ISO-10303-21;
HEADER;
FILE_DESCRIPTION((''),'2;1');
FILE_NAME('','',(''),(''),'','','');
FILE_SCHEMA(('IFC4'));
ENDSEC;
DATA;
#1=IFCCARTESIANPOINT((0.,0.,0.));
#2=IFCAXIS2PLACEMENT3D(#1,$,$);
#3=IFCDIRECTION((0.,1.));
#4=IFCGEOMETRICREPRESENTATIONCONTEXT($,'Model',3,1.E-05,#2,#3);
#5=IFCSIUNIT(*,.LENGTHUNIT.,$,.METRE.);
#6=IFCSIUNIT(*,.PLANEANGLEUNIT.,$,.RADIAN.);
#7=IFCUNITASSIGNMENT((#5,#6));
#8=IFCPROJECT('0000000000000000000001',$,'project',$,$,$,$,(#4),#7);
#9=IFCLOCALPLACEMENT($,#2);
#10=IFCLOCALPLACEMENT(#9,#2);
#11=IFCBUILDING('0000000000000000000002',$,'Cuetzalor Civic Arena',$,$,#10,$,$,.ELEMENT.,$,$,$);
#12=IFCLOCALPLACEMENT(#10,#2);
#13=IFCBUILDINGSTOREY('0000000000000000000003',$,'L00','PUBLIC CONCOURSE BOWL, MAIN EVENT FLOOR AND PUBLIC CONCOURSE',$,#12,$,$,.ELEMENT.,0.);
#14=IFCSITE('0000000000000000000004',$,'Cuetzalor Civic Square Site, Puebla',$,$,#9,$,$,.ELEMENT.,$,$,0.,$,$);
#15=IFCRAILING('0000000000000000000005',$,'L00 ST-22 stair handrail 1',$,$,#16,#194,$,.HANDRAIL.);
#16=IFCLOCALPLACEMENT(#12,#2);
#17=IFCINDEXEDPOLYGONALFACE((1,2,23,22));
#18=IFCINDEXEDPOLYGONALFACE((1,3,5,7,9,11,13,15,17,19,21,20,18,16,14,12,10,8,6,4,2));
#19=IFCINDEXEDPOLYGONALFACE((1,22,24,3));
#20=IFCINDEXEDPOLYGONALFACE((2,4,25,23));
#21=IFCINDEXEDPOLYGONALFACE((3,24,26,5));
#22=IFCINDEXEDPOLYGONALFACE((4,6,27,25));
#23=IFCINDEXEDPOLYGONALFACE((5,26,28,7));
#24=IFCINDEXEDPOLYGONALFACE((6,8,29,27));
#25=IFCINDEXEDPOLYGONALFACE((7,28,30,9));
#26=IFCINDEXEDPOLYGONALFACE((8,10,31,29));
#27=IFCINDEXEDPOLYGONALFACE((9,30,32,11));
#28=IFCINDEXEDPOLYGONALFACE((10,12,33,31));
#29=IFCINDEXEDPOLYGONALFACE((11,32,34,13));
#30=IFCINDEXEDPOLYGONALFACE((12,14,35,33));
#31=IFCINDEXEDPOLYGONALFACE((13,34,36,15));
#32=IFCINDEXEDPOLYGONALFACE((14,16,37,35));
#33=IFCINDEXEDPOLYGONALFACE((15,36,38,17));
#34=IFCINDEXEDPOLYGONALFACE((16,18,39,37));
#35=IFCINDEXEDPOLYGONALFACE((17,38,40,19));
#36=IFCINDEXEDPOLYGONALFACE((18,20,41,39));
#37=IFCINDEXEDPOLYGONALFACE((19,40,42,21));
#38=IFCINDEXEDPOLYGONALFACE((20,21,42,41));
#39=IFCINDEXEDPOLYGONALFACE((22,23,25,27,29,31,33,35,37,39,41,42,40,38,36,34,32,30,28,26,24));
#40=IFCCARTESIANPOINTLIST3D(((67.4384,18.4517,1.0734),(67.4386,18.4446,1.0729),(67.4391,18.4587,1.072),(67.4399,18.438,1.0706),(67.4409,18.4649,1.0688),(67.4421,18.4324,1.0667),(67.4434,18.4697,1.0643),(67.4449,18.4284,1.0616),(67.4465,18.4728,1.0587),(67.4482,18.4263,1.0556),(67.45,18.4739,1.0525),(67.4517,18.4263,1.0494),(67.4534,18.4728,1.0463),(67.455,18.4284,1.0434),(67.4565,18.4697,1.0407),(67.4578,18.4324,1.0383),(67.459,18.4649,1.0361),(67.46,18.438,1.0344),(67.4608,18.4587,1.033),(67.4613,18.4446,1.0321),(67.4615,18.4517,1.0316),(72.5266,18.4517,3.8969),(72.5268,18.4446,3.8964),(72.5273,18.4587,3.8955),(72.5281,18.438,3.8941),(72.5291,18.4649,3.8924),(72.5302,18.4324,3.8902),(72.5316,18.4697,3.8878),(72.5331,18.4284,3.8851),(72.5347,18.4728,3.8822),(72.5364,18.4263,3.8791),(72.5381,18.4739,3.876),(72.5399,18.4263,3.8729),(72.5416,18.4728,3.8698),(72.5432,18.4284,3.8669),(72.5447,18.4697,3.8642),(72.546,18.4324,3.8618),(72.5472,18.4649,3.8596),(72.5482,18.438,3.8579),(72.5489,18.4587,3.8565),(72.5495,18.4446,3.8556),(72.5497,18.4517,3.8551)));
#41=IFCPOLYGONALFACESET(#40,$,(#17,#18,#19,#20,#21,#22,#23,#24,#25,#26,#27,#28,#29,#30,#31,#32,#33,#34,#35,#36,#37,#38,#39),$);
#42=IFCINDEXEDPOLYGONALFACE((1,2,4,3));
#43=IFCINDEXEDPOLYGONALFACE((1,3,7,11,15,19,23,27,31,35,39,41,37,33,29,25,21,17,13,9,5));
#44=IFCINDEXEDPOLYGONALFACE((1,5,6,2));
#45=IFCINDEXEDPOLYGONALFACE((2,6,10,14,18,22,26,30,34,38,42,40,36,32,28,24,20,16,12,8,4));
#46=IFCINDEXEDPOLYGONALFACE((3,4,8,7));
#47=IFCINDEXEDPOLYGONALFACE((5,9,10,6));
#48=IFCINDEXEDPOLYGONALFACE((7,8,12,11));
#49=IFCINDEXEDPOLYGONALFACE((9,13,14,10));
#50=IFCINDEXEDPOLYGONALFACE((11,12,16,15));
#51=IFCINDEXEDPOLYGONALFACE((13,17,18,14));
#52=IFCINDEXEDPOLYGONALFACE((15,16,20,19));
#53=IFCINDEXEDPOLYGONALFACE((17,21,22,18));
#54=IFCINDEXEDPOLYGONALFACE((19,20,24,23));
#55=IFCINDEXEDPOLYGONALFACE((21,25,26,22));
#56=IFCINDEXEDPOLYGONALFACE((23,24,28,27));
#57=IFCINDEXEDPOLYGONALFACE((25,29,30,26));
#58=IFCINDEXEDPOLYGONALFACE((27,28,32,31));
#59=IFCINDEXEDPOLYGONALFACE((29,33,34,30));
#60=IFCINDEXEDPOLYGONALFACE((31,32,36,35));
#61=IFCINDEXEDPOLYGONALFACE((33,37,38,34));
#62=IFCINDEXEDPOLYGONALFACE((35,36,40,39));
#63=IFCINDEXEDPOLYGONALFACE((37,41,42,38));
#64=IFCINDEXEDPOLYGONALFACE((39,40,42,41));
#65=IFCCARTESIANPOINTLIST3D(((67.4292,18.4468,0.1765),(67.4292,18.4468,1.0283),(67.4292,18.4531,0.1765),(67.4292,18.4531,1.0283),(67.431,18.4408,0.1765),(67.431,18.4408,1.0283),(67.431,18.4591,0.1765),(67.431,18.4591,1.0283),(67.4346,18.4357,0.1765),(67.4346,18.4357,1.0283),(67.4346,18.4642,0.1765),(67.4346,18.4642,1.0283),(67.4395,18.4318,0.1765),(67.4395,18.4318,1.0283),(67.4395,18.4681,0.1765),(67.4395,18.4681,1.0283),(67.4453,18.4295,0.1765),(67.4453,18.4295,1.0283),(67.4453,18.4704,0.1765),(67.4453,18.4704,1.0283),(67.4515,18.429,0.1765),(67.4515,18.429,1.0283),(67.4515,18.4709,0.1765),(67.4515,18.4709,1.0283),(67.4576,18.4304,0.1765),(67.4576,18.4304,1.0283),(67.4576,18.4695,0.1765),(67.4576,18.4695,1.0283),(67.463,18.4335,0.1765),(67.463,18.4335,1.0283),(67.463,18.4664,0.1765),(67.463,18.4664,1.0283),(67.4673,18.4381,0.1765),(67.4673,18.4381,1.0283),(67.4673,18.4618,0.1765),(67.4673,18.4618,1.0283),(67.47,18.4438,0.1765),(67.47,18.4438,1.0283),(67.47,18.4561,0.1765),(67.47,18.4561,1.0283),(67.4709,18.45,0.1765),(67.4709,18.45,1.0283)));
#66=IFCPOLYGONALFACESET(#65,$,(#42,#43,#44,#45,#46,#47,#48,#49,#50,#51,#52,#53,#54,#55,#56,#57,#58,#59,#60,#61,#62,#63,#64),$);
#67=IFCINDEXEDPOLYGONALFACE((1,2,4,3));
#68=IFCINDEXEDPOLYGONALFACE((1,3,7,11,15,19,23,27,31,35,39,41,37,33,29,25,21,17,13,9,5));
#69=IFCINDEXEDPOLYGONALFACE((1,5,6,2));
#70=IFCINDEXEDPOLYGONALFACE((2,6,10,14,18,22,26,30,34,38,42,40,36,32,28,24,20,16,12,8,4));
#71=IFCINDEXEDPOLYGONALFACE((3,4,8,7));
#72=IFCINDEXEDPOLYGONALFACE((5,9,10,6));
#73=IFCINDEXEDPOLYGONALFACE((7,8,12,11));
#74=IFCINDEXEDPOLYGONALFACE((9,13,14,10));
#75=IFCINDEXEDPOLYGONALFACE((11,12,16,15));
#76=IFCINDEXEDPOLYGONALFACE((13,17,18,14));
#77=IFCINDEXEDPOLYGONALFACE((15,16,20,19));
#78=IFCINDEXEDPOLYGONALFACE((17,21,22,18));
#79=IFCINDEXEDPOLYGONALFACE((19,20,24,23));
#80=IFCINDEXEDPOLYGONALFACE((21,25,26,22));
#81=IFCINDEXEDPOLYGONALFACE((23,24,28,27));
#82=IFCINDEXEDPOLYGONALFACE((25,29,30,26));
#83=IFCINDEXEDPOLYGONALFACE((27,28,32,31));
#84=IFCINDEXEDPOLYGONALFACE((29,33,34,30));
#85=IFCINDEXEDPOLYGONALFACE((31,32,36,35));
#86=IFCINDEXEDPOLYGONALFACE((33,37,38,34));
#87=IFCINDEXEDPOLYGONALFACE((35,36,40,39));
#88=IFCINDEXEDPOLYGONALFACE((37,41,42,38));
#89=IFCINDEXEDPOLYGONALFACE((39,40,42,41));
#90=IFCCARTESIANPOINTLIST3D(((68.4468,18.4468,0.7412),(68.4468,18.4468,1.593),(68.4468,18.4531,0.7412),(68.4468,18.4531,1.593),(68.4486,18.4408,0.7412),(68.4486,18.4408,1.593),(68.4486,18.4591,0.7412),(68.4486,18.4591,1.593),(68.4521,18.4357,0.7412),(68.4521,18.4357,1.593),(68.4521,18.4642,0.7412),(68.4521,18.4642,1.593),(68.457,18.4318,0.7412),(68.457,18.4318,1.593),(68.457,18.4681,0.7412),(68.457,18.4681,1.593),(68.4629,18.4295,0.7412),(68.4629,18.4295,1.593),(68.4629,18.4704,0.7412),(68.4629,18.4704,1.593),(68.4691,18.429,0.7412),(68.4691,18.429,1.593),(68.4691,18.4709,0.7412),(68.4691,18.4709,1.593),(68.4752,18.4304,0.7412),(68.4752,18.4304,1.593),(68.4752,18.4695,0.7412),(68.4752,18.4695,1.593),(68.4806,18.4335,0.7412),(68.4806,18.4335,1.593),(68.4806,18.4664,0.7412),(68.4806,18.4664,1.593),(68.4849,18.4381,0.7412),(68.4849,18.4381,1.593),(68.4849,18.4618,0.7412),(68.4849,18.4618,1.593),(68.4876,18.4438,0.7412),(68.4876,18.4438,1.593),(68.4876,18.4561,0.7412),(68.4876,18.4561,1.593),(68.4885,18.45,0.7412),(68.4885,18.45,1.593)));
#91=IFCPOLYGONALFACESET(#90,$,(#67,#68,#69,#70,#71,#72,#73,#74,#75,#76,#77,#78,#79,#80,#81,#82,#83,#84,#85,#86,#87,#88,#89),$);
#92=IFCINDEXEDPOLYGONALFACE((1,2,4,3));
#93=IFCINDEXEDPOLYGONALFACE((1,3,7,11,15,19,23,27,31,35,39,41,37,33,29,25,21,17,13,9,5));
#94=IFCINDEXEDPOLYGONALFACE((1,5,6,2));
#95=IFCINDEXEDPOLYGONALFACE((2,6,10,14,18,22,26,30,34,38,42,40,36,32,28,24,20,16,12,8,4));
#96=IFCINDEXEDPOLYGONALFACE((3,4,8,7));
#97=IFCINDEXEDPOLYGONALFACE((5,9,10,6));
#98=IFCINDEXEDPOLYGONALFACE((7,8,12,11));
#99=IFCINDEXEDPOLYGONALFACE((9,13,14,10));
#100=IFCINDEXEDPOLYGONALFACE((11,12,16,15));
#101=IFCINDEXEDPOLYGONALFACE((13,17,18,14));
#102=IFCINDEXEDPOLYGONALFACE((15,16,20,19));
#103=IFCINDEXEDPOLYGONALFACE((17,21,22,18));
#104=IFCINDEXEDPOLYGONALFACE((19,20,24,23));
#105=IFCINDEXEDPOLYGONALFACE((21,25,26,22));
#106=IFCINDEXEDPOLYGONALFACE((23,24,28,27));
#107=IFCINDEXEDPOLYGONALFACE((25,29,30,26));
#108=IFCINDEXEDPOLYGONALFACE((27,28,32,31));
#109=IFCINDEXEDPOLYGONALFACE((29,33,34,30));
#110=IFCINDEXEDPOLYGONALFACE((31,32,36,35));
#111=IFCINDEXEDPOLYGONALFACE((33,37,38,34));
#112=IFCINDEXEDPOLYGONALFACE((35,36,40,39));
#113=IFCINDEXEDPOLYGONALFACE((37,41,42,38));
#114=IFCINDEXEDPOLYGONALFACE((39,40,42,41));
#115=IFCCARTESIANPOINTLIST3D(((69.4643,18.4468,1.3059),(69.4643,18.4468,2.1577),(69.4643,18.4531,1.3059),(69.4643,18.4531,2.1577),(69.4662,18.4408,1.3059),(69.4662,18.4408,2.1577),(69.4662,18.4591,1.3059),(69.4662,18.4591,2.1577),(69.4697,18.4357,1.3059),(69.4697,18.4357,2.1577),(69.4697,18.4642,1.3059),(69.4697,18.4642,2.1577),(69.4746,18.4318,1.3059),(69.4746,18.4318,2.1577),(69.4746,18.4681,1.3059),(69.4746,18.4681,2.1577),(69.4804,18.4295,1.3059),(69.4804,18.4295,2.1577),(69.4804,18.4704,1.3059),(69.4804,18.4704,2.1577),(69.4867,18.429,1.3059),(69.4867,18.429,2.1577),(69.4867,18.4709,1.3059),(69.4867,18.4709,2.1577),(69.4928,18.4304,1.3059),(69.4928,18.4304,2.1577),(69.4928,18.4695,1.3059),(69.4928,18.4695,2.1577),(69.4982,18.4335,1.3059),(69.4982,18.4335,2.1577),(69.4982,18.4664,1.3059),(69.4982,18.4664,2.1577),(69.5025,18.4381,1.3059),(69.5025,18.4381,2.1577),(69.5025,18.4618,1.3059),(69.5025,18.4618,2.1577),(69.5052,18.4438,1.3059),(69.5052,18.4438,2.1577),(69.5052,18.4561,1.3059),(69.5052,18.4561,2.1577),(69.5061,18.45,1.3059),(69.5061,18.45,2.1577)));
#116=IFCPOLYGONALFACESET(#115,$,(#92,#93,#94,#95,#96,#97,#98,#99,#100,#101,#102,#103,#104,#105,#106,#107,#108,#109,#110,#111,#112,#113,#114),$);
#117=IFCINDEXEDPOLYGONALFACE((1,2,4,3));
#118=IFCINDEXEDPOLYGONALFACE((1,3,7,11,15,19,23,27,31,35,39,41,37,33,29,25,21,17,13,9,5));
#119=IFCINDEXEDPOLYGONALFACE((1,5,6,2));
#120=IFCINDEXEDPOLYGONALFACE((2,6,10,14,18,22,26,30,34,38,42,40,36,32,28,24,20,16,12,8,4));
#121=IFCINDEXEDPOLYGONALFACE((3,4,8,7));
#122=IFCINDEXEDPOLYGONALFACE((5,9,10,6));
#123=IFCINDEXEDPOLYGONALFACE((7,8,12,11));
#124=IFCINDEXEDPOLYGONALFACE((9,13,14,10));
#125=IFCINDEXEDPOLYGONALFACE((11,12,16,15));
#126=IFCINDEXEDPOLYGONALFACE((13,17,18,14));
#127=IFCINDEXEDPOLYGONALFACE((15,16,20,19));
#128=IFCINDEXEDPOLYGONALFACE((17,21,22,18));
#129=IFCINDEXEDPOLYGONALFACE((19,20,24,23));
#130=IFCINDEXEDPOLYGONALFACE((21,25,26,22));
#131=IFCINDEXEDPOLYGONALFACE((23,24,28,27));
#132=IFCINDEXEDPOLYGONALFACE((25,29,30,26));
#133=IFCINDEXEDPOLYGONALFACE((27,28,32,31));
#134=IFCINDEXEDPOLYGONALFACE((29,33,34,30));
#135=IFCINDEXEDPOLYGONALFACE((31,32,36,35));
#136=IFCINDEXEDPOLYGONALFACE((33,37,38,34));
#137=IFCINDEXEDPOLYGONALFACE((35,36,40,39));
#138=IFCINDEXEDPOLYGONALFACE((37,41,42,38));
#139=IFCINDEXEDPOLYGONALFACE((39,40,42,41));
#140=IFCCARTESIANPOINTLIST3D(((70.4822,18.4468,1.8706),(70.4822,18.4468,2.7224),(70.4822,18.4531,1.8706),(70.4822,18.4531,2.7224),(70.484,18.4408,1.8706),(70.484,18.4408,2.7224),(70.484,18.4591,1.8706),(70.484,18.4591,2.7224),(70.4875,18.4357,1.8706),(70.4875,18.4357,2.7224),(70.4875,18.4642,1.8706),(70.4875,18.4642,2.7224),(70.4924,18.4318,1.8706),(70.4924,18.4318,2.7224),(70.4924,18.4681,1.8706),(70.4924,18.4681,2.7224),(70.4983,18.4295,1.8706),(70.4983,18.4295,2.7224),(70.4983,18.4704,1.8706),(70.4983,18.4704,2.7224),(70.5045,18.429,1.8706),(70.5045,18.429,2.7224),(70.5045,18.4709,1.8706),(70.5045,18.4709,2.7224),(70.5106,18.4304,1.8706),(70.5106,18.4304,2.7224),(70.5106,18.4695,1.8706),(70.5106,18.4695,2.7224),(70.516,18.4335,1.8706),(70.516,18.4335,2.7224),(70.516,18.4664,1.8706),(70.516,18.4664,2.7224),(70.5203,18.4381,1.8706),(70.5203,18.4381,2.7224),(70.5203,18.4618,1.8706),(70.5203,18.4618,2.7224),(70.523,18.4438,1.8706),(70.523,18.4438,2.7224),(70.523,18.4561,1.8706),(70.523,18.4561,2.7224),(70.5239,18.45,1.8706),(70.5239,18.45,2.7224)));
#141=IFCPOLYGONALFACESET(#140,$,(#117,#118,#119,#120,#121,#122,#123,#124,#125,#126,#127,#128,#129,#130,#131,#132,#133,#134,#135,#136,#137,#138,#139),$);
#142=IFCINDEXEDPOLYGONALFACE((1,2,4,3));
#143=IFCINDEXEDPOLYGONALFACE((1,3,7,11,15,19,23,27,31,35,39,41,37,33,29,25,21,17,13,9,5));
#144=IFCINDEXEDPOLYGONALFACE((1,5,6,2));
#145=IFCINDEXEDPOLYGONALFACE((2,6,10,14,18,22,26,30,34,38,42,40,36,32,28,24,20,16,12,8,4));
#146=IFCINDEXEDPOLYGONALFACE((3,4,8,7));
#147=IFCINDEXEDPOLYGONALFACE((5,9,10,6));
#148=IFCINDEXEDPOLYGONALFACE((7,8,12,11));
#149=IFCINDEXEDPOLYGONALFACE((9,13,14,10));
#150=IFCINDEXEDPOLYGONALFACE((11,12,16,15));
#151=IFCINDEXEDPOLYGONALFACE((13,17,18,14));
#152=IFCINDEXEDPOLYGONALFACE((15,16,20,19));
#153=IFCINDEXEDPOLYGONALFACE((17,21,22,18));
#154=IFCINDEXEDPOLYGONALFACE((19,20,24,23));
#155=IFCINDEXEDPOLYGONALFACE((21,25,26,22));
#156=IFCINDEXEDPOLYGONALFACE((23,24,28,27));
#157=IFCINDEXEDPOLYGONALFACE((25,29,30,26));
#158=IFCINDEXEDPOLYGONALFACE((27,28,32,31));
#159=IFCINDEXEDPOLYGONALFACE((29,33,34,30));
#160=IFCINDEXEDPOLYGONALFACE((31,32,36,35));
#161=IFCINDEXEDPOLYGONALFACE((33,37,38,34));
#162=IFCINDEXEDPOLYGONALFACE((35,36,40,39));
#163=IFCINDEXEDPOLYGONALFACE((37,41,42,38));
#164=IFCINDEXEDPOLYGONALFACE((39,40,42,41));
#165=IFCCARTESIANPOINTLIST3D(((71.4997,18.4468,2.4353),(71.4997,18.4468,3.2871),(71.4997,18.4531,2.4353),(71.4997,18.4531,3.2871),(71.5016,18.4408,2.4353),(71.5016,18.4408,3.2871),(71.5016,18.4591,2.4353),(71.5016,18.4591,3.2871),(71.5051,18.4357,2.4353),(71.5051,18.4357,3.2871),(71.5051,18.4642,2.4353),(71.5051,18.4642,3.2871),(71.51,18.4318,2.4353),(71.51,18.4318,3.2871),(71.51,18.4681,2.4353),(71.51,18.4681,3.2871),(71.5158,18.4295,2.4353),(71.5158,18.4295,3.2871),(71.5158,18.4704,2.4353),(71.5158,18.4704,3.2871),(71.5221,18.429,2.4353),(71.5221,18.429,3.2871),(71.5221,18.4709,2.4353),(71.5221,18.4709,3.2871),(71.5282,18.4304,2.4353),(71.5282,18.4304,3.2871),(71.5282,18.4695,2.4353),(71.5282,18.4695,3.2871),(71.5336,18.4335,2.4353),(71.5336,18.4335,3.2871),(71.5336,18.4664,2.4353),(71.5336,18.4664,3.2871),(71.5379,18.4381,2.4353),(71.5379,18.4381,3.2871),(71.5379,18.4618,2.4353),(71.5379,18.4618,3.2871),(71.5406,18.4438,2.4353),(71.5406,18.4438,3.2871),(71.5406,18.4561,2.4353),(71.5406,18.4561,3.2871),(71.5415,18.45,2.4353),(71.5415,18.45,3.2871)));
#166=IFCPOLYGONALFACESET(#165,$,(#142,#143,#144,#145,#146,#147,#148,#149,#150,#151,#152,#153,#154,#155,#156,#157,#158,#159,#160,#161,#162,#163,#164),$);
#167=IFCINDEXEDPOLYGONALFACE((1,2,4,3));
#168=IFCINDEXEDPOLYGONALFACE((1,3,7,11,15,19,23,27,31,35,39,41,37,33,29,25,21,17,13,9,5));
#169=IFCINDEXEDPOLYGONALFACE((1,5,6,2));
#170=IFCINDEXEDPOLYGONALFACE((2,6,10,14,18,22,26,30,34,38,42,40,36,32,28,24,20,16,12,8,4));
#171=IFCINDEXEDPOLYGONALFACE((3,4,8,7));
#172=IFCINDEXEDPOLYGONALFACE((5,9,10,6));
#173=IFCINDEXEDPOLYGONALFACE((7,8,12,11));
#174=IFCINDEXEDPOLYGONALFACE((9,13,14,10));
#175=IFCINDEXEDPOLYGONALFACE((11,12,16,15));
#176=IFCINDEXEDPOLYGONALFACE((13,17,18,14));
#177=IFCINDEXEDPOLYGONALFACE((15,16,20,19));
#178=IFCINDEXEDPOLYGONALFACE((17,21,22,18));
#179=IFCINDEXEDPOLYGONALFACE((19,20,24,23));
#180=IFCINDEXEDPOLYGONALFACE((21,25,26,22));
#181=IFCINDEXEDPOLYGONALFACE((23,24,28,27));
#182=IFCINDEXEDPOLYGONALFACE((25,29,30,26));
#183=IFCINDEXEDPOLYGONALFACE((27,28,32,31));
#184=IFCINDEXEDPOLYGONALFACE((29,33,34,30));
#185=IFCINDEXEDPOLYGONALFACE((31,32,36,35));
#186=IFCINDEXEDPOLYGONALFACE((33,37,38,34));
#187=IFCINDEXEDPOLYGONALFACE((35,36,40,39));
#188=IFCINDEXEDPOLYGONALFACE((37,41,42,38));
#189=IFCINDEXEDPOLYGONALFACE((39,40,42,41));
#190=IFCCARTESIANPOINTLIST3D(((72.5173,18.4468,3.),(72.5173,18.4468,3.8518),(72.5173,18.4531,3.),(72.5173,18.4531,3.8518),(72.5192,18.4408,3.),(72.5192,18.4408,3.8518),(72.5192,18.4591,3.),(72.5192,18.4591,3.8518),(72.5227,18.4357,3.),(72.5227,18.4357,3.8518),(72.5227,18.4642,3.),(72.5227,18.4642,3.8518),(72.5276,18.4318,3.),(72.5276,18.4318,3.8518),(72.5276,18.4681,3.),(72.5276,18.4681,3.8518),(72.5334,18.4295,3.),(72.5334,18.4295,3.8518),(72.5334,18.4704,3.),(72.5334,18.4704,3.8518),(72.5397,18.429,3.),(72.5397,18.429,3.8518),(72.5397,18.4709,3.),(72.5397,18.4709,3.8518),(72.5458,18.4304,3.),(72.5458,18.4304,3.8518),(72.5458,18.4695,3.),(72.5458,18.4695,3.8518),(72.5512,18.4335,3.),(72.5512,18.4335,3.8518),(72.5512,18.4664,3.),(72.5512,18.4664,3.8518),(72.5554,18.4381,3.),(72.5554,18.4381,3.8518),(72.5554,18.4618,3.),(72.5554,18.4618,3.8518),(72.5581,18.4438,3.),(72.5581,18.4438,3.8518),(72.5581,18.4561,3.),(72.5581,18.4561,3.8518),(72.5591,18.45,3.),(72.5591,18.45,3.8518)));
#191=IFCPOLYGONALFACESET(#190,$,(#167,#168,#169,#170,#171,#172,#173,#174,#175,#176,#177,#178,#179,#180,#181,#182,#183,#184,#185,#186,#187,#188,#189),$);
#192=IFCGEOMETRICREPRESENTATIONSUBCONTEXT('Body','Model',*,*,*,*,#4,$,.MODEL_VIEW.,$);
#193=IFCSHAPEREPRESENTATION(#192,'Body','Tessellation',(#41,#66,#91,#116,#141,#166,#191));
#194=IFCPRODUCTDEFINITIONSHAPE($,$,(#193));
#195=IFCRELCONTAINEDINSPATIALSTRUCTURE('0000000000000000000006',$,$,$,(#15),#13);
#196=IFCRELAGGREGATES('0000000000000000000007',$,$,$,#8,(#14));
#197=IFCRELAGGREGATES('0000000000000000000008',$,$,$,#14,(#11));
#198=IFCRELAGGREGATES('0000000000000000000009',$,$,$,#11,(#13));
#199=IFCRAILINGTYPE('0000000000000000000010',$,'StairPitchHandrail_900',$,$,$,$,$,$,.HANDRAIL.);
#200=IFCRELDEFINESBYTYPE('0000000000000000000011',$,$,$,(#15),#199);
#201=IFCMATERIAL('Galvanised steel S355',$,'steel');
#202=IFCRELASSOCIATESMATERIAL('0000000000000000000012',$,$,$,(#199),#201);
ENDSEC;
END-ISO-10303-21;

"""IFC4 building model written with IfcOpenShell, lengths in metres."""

from ifc_helpers import new_model, si_unit, direction, frame, origin, origin_2d, place, context, subcontext, project, spatial, circle, extrude, material, type_object, element, save


model = new_model("IFC4")

# Units and contexts
model_context = context("Model", 3, precision=1e-05, world=origin(), true_north=direction((0.0, 1.0)))
body_context = subcontext(model_context, "Body", "Model", "MODEL_VIEW")
ifc_project = project(units=[si_unit("LENGTHUNIT", "METRE"), si_unit("PLANEANGLEUNIT", "RADIAN")], contexts=[model_context])

# Site, building, storey
site_placement = place(None, origin())
site = spatial("IfcSite", under=ifc_project, at=site_placement, Name="Cuetzalor Civic Square Site, Puebla", CompositionType="ELEMENT", RefElevation=0.0)
building_placement = place(site_placement, origin())
building = spatial("IfcBuilding", under=site, at=building_placement, Name="Cuetzalor Civic Arena", CompositionType="ELEMENT")
storey_placement = place(building_placement, origin())
storey = spatial("IfcBuildingStorey", under=building, at=storey_placement, Name="L00", Description="PUBLIC CONCOURSE BOWL, MAIN EVENT FLOOR AND PUBLIC CONCOURSE", CompositionType="ELEMENT", Elevation=0.0)

# Railing
ifc_material_1 = material(Name="Galvanised steel S355", Category="steel")
railing_type_1 = type_object("IfcRailingType", Name="StairPitchHandrail_900", PredefinedType="HANDRAIL", material=ifc_material_1)
railing_1_placement = place(storey_placement, frame((67.45, 18.45, 0.1765)))
element("IfcRailing", 1, at=railing_1_placement, inside=storey, type_object=railing_type_1, Name="L00 ST-22 stair handrail 1", PredefinedType="HANDRAIL", context=body_context, shape_type="SweptSolid", body=[
    extrude(circle(Radius=0.0239, at=origin_2d()), frame((0.0, 0.0, 0.876), z_axis=(0.874395, 0.0, 0.485215), x_axis=(0.0, 1.0, 0.0)), (0.0, 0.0, 1.0), 5.8191),
    extrude(circle(Radius=0.021, at=origin_2d()), origin(), (0.0, 0.0, 1.0), 0.8518),
    extrude(circle(Radius=0.021, at=origin_2d()), frame((1.0176, 0.0, 0.5647)), (0.0, 0.0, 1.0), 0.8518),
    extrude(circle(Radius=0.021, at=origin_2d()), frame((2.0352, 0.0, 1.1294)), (0.0, 0.0, 1.0), 0.8518),
    extrude(circle(Radius=0.021, at=origin_2d()), frame((3.053, 0.0, 1.6941)), (0.0, 0.0, 1.0), 0.8518),
    extrude(circle(Radius=0.021, at=origin_2d()), frame((4.0706, 0.0, 2.2588)), (0.0, 0.0, 1.0), 0.8518),
    extrude(circle(Radius=0.021, at=origin_2d()), frame((5.0881, 0.0, 2.8235)), (0.0, 0.0, 1.0), 0.8518),
])

save(model, "model.ifc")
